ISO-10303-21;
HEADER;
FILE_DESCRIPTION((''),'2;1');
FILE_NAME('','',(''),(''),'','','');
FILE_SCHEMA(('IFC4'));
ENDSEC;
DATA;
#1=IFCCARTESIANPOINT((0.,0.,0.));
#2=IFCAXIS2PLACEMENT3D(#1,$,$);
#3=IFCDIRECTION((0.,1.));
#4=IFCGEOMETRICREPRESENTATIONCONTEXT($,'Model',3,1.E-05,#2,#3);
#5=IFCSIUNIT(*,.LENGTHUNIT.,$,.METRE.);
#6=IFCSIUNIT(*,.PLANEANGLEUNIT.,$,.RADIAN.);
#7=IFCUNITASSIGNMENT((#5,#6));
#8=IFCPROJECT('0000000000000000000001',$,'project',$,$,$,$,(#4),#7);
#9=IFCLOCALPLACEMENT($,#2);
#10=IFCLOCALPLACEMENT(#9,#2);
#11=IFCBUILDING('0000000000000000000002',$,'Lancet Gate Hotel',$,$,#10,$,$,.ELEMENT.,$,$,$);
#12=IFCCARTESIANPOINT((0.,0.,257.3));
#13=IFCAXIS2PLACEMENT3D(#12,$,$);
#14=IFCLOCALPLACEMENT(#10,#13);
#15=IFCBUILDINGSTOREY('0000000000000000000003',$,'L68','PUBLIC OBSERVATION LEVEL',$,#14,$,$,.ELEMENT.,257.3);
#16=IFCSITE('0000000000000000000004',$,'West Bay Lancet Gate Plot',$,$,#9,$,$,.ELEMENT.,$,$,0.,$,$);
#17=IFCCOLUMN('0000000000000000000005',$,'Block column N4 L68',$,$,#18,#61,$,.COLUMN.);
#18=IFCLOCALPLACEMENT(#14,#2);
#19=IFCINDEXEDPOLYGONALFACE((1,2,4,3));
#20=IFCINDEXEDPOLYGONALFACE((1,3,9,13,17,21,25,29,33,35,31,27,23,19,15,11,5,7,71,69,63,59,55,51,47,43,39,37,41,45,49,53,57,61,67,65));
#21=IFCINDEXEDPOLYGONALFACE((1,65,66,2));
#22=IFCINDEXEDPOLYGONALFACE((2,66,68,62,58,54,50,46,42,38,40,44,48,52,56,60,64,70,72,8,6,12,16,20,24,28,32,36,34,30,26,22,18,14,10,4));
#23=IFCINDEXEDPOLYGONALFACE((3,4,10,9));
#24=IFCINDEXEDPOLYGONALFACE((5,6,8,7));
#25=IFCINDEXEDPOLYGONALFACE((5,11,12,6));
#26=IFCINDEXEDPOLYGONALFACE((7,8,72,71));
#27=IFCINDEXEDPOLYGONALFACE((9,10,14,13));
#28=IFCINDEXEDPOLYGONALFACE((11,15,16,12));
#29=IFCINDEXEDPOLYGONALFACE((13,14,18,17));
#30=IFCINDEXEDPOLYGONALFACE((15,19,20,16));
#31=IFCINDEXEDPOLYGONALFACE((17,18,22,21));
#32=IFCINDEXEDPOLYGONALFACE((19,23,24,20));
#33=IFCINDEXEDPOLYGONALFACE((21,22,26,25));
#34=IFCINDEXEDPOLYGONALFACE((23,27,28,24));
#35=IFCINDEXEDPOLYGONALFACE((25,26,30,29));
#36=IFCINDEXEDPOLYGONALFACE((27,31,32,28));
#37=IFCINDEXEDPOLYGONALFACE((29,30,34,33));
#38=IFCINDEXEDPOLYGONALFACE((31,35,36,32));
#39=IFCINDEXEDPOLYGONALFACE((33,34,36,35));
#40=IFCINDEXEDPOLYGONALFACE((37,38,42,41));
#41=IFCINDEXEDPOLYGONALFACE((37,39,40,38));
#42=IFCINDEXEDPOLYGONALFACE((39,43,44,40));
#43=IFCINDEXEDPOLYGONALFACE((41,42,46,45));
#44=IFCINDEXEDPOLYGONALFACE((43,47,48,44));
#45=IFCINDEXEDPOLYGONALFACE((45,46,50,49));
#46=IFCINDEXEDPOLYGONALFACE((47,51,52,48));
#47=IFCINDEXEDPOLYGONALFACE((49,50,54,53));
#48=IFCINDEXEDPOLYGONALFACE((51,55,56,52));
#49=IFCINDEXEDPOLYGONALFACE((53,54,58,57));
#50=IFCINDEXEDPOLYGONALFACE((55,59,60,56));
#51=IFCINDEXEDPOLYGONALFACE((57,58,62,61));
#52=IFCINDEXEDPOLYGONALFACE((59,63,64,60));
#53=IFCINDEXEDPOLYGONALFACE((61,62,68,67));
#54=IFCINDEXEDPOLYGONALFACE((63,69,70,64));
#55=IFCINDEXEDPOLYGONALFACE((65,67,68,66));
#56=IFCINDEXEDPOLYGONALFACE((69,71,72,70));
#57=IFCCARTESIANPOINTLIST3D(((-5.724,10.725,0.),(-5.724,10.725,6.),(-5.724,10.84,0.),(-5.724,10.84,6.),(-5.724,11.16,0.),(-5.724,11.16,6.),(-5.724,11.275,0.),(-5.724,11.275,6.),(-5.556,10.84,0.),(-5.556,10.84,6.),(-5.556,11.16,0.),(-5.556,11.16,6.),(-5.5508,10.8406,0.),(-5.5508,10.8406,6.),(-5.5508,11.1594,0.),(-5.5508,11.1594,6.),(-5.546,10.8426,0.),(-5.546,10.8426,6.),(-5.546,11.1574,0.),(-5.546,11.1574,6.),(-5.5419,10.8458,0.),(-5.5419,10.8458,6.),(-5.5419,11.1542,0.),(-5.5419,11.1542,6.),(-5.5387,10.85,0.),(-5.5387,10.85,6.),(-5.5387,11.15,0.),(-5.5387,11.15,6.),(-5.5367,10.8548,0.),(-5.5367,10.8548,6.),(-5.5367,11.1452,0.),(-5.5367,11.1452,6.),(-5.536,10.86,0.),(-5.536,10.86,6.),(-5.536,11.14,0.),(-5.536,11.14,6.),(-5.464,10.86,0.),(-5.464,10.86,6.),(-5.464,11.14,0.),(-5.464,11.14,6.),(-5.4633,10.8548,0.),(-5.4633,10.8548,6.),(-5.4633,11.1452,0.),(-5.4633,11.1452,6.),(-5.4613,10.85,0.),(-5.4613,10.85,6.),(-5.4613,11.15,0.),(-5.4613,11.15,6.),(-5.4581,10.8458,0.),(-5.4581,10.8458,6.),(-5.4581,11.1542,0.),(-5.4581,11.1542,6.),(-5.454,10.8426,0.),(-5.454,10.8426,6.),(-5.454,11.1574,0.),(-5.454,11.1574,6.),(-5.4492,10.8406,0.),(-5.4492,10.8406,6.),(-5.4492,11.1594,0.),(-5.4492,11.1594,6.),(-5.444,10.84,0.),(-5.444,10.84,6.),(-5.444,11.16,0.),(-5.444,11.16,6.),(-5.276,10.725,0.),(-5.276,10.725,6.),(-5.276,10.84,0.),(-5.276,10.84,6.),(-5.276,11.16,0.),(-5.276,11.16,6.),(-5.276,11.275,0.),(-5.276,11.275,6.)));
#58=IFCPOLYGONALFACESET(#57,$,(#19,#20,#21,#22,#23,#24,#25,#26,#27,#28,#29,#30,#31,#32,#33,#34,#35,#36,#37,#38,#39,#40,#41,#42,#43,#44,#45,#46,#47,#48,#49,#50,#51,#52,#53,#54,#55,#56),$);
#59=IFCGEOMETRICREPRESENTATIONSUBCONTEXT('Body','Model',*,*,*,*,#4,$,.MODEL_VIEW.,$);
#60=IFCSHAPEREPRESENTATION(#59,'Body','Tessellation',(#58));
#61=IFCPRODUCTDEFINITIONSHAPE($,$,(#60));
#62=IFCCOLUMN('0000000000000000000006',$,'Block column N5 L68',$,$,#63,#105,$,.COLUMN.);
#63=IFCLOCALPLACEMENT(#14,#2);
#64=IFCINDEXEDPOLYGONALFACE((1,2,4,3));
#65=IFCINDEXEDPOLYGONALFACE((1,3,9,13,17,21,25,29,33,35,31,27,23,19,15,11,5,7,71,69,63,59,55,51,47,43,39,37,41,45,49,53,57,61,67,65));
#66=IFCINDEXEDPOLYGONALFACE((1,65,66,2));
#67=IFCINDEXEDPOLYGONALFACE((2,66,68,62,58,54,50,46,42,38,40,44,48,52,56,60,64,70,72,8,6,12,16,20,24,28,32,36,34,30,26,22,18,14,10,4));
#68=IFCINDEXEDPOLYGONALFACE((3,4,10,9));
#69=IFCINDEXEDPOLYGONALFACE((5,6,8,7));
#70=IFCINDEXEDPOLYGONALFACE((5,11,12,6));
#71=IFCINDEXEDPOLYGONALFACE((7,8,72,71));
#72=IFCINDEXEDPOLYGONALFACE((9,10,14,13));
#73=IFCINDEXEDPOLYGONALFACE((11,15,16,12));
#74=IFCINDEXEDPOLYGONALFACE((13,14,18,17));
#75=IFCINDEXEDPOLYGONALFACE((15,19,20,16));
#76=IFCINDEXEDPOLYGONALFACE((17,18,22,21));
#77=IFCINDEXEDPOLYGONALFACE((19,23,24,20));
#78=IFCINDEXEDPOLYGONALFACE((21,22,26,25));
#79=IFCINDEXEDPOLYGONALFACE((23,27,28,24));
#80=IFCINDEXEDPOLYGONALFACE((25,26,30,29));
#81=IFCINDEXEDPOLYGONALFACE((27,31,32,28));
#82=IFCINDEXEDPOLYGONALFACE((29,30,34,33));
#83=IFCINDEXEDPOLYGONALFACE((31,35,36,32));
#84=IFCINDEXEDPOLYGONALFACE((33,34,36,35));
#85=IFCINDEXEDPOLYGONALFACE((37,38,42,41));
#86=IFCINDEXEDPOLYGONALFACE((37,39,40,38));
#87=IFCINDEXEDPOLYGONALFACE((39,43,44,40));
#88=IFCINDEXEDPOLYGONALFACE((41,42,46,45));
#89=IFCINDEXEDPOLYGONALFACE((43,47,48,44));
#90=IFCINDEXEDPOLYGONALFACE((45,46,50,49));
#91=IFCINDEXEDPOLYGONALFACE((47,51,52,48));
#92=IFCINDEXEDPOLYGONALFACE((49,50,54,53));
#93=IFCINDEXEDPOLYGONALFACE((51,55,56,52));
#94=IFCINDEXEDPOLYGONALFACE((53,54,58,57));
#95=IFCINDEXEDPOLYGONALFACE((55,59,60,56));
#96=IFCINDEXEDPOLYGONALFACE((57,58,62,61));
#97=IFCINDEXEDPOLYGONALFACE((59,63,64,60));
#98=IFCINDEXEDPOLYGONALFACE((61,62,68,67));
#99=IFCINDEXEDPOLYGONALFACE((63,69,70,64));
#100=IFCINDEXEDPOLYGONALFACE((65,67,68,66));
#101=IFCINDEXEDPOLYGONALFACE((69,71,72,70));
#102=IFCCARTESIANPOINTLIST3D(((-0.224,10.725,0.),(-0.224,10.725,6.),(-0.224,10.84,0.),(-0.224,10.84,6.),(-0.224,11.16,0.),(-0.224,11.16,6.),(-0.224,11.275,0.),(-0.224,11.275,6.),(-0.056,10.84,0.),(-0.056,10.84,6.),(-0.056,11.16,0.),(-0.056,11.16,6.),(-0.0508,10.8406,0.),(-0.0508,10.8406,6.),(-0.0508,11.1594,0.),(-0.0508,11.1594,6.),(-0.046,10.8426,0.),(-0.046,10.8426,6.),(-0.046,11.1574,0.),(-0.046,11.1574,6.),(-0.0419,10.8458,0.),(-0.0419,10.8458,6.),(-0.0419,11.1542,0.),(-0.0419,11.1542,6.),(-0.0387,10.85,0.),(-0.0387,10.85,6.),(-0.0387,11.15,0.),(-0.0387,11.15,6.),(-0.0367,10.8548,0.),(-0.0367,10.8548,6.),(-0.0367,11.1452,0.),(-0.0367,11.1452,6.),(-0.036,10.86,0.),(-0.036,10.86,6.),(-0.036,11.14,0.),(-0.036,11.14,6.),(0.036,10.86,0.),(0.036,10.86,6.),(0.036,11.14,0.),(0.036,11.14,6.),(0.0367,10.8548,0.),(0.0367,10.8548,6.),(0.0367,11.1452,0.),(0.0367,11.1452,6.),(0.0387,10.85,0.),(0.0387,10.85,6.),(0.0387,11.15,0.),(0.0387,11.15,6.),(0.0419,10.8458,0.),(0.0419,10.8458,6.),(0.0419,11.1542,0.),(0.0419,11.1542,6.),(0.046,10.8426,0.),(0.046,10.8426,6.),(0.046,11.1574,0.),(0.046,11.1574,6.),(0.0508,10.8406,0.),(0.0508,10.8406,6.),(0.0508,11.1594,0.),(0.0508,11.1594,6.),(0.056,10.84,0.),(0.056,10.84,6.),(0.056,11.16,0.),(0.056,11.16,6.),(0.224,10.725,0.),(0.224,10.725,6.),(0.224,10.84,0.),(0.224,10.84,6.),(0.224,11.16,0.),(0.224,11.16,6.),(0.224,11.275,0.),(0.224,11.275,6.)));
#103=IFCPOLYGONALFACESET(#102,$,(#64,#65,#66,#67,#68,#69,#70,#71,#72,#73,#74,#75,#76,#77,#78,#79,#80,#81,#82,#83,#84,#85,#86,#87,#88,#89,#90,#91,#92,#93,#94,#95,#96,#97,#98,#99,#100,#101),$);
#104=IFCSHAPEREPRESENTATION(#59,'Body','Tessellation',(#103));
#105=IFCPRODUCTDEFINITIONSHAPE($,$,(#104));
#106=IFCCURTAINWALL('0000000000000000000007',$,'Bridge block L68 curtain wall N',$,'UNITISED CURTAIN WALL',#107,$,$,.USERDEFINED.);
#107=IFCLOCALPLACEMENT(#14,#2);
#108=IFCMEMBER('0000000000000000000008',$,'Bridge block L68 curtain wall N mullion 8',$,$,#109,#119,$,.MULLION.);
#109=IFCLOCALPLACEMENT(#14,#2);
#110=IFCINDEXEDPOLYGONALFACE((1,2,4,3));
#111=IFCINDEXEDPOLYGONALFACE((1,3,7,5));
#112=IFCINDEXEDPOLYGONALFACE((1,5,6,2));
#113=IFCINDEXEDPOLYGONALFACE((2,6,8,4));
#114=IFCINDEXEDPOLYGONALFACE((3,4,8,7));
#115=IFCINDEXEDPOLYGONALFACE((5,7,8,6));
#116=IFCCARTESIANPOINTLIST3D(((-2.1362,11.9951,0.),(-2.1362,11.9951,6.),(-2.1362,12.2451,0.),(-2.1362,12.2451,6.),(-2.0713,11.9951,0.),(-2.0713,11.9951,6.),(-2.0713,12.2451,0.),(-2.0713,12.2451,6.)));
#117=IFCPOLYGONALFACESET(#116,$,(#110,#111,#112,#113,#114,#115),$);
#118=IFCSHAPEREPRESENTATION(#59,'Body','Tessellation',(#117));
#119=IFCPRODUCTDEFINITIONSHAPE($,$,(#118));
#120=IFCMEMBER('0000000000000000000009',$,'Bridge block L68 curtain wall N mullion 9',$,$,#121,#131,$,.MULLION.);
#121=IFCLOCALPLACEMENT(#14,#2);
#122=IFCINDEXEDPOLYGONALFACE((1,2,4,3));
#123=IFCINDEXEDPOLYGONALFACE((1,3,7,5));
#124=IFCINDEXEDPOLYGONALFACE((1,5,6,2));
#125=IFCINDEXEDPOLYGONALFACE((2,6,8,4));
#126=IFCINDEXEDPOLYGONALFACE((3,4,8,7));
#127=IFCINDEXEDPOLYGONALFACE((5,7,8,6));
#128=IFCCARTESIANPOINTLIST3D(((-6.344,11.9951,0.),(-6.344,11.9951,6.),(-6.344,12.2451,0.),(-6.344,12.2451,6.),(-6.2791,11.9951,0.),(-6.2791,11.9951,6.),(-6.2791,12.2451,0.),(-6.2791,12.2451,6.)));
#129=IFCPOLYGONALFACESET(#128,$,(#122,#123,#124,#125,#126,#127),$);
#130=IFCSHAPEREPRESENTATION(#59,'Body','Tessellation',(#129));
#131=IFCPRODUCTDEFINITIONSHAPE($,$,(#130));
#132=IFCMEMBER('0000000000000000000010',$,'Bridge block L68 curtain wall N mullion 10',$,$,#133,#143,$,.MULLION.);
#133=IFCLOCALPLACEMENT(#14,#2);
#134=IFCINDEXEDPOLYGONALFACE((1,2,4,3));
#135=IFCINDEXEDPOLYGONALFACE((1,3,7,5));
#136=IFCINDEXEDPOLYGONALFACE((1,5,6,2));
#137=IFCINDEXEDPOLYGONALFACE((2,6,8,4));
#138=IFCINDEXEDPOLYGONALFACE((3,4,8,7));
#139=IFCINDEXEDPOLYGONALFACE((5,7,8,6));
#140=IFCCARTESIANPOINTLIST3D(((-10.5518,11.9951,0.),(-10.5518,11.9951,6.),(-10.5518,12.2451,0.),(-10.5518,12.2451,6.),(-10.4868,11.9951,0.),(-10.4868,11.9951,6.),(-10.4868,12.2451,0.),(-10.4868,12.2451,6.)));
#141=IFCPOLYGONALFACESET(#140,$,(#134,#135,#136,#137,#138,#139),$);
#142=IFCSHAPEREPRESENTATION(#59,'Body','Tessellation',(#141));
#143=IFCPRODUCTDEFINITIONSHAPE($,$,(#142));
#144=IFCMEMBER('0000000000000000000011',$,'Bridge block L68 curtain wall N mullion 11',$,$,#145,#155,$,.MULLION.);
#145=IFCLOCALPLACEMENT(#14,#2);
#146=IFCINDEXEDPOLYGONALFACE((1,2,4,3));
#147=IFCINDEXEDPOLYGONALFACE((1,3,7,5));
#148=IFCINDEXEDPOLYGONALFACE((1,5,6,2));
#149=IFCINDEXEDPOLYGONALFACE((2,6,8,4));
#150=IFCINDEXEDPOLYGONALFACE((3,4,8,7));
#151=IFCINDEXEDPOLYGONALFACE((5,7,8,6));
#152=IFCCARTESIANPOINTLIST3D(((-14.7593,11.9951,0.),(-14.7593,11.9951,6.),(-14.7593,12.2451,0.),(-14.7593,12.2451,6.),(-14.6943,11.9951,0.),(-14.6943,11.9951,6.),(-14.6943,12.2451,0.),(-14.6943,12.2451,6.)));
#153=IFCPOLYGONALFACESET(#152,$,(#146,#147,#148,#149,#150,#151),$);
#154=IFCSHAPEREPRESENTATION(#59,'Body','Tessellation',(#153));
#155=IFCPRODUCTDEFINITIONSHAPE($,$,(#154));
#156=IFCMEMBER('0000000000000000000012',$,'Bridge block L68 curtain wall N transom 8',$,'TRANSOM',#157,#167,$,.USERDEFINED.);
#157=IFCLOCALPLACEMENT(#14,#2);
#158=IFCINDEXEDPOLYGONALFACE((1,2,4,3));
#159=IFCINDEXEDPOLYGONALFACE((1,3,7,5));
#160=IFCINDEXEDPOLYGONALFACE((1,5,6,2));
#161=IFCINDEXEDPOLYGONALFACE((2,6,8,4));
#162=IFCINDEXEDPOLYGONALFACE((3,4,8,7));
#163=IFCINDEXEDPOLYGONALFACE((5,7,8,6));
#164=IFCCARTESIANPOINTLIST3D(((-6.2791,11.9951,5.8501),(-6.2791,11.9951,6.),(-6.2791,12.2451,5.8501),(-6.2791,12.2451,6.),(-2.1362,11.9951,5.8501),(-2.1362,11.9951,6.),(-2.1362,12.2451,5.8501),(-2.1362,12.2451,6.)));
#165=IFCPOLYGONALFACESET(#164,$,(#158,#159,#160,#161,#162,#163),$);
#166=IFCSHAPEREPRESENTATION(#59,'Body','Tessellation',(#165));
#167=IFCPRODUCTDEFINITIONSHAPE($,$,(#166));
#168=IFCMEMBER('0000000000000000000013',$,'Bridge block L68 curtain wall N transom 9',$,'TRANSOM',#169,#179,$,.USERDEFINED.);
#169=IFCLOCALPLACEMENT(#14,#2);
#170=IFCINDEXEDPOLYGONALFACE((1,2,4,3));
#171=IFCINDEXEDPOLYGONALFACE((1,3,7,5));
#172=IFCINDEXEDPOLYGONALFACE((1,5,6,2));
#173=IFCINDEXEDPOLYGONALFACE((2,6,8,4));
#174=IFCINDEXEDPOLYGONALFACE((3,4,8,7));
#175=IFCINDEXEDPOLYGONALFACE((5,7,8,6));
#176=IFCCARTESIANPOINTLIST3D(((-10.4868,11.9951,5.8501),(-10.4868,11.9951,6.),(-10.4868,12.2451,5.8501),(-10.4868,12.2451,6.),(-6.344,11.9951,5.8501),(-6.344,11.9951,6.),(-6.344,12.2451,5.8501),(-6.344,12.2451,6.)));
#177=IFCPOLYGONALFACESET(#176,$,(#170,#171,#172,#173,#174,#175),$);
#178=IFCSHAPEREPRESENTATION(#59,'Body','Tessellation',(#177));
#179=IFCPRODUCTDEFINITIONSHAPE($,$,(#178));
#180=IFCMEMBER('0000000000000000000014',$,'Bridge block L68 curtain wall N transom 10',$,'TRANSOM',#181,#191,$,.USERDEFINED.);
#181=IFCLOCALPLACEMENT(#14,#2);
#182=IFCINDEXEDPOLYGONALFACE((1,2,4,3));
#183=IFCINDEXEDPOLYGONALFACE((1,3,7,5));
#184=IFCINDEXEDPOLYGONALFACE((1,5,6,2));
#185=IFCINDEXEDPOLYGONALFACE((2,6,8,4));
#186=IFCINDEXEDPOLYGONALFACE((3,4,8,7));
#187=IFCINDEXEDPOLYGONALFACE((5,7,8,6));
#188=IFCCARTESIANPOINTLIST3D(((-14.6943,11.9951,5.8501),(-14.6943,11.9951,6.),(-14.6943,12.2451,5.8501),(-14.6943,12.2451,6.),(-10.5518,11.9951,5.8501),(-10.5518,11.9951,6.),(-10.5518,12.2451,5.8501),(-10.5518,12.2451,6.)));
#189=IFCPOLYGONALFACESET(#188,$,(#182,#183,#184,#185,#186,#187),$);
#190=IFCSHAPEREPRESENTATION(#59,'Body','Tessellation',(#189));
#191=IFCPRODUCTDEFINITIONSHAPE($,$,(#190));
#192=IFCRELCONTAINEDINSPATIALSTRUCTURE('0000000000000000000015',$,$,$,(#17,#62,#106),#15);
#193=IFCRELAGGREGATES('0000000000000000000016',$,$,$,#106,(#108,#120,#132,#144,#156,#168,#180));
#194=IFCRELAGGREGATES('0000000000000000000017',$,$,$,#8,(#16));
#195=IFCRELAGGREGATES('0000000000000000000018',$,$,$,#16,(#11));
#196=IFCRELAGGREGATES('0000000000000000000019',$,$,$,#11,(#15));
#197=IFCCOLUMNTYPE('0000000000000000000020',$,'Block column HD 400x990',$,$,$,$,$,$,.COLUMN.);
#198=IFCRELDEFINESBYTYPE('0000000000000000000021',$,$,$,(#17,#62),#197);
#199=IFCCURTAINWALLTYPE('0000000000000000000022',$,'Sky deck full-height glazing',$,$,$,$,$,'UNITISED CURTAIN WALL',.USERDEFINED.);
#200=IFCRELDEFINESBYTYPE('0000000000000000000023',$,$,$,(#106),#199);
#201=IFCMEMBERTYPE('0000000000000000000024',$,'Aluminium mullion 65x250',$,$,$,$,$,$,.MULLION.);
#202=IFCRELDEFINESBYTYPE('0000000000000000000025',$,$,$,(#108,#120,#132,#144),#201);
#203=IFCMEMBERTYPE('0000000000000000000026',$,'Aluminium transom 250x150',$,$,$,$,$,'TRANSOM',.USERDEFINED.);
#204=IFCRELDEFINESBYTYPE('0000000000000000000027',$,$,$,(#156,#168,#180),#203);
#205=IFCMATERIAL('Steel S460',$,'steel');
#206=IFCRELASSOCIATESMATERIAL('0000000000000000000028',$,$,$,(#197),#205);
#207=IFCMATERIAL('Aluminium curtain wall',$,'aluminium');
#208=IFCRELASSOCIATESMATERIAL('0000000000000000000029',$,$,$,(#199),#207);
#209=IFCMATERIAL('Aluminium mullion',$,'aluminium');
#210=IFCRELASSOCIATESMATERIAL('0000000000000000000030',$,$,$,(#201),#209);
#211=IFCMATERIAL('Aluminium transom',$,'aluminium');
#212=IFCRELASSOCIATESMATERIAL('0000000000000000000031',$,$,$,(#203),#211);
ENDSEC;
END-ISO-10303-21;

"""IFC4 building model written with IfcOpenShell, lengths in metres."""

from ifc_helpers import new_model, si_unit, direction, frame, origin, origin_2d, place, context, subcontext, project, spatial, rectangle, i_section, extrude, material, material_profile, profile_set, type_object, element, aggregate, save


model = new_model("IFC4")

# Units and contexts
model_context = context("Model", 3, precision=1e-05, world=origin(), true_north=direction((0.0, 1.0)))
body_context = subcontext(model_context, "Body", "Model", "MODEL_VIEW")
ifc_project = project(units=[si_unit("LENGTHUNIT", "METRE"), si_unit("PLANEANGLEUNIT", "RADIAN")], contexts=[model_context])

# Site, building, storey
site_placement = place(None, origin())
site = spatial("IfcSite", under=ifc_project, at=site_placement, Name="West Bay Lancet Gate Plot", CompositionType="ELEMENT", RefElevation=0.0)
building_placement = place(site_placement, origin())
building = spatial("IfcBuilding", under=site, at=building_placement, Name="Lancet Gate Hotel", CompositionType="ELEMENT")
storey_placement = place(building_placement, frame((0.0, 0.0, 257.3)))
storey = spatial("IfcBuildingStorey", under=building, at=storey_placement, Name="L68", Description="PUBLIC OBSERVATION LEVEL", CompositionType="ELEMENT", Elevation=257.3)

# Columns
ifc_material_1 = material(Name="Steel S460", Category="steel")
ifc_material_profile_1 = material_profile(ifc_material_1, i_section(OverallWidth=0.448, OverallDepth=0.55, WebThickness=0.072, FlangeThickness=0.115, FilletRadius=0.02, at=origin_2d()), Name="HD 400x990")
ifc_profile_set_1 = profile_set([ifc_material_profile_1], Name="Steel S460")
column_type = type_object("IfcColumnType", Name="Block column HD 400x990", PredefinedType="COLUMN", material=ifc_profile_set_1)
for number, where, z_axis, x_axis, name in (
    (1, (-5.5, 11.0, 0.0), (0.0, 0.0, 1.0), (1.0, 0.0, 0.0), "Block column N4 L68"),
    (2, (0.0, 11.0, 0.0), (0.0, 0.0, 1.0), (1.0, 0.0, 0.0), "Block column N5 L68"),
):
    element("IfcColumn", number, at=place(storey_placement, frame(where, z_axis=z_axis, x_axis=x_axis)), inside=storey, type_object=column_type, Name=name, PredefinedType="COLUMN", context=body_context, shape_type="SweptSolid", body=[
        extrude(i_section(OverallWidth=0.448, OverallDepth=0.55, WebThickness=0.072, FlangeThickness=0.115, FilletRadius=0.02, at=origin_2d()), origin(), (0.0, 0.0, 1.0), 6.0),
    ])

# Curtain wall, members
ifc_material_2 = material(Name="Aluminium curtain wall", Category="aluminium")
curtain_wall_type = type_object("IfcCurtainWallType", Name="Sky deck full-height glazing", ElementType="UNITISED CURTAIN WALL", PredefinedType="USERDEFINED", material=ifc_material_2)
curtain_wall_placement = place(storey_placement, origin())
curtain_wall = element("IfcCurtainWall", 3, at=curtain_wall_placement, inside=storey, type_object=curtain_wall_type, Name="Bridge block L68 curtain wall N", ObjectType="UNITISED CURTAIN WALL", PredefinedType="USERDEFINED")
ifc_material_3 = material(Name="Aluminium mullion", Category="aluminium")
ifc_material_profile_2 = material_profile(ifc_material_3, rectangle(XDim=0.0649, YDim=0.25, at=origin_2d()), Name="MULLION 65x250")
ifc_profile_set_2 = profile_set([ifc_material_profile_2], Name="Aluminium mullion")
member_type_1 = type_object("IfcMemberType", Name="Aluminium mullion 65x250", PredefinedType="MULLION", material=ifc_profile_set_2)
member_1_placement = place(storey_placement, frame((-2.1038, 12.1201, 0.0), z_axis=(0.0, 0.0, 1.0), x_axis=(-1.0, 0.0, 0.0)))
member_1 = element("IfcMember", 4, at=member_1_placement, type_object=member_type_1, Name="Bridge block L68 curtain wall N mullion 8", PredefinedType="MULLION", context=body_context, shape_type="SweptSolid", body=[
    extrude(rectangle(XDim=0.0649, YDim=0.25, at=origin_2d()), origin(), (0.0, 0.0, 1.0), 6.0),
])
member_2_placement = place(storey_placement, frame((-6.3115, 12.1201, 0.0), z_axis=(0.0, 0.0, 1.0), x_axis=(-1.0, 0.0, 0.0)))
member_2 = element("IfcMember", 5, at=member_2_placement, type_object=member_type_1, Name="Bridge block L68 curtain wall N mullion 9", PredefinedType="MULLION", context=body_context, shape_type="SweptSolid", body=[
    extrude(rectangle(XDim=0.0649, YDim=0.25, at=origin_2d()), origin(), (0.0, 0.0, 1.0), 6.0),
])
member_3_placement = place(storey_placement, frame((-10.5193, 12.1201, 0.0), z_axis=(0.0, 0.0, 1.0), x_axis=(-1.0, 0.0, 0.0)))
member_3 = element("IfcMember", 6, at=member_3_placement, type_object=member_type_1, Name="Bridge block L68 curtain wall N mullion 10", PredefinedType="MULLION", context=body_context, shape_type="SweptSolid", body=[
    extrude(rectangle(XDim=0.0649, YDim=0.25, at=origin_2d()), origin(), (0.0, 0.0, 1.0), 6.0),
])
member_4_placement = place(storey_placement, frame((-14.7268, 12.1201, 0.0), z_axis=(0.0, 0.0, 1.0), x_axis=(-1.0, 0.0, 0.0)))
member_4 = element("IfcMember", 7, at=member_4_placement, type_object=member_type_1, Name="Bridge block L68 curtain wall N mullion 11", PredefinedType="MULLION", context=body_context, shape_type="SweptSolid", body=[
    extrude(rectangle(XDim=0.0649, YDim=0.25, at=origin_2d()), origin(), (0.0, 0.0, 1.0), 6.0),
])
ifc_material_4 = material(Name="Aluminium transom", Category="aluminium")
ifc_material_profile_3 = material_profile(ifc_material_4, rectangle(XDim=0.25, YDim=0.1499, at=origin_2d()), Name="TRANSOM 250x150")
ifc_profile_set_3 = profile_set([ifc_material_profile_3], Name="Aluminium transom")
member_type_2 = type_object("IfcMemberType", Name="Aluminium transom 250x150", ElementType="TRANSOM", PredefinedType="USERDEFINED", material=ifc_profile_set_3)
member_5_placement = place(storey_placement, frame((-2.1362, 12.1201, 5.925), z_axis=(-1.0, 0.0, 0.0), x_axis=(0.0, -1.0, 0.0)))
member_5 = element("IfcMember", 8, at=member_5_placement, type_object=member_type_2, Name="Bridge block L68 curtain wall N transom 8", ObjectType="TRANSOM", PredefinedType="USERDEFINED", context=body_context, shape_type="SweptSolid", body=[
    extrude(rectangle(XDim=0.25, YDim=0.1499, at=origin_2d()), origin(), (0.0, 0.0, 1.0), 4.1428),
])
member_6_placement = place(storey_placement, frame((-6.344, 12.1201, 5.925), z_axis=(-1.0, 0.0, 0.0), x_axis=(0.0, -1.0, 0.0)))
member_6 = element("IfcMember", 9, at=member_6_placement, type_object=member_type_2, Name="Bridge block L68 curtain wall N transom 9", ObjectType="TRANSOM", PredefinedType="USERDEFINED", context=body_context, shape_type="SweptSolid", body=[
    extrude(rectangle(XDim=0.25, YDim=0.1499, at=origin_2d()), origin(), (0.0, 0.0, 1.0), 4.1428),
])
member_7_placement = place(storey_placement, frame((-10.5518, 12.1201, 5.925), z_axis=(-1.0, 0.0, 0.0), x_axis=(0.0, -1.0, 0.0)))
member_7 = element("IfcMember", 10, at=member_7_placement, type_object=member_type_2, Name="Bridge block L68 curtain wall N transom 10", ObjectType="TRANSOM", PredefinedType="USERDEFINED", context=body_context, shape_type="SweptSolid", body=[
    extrude(rectangle(XDim=0.25, YDim=0.1499, at=origin_2d()), origin(), (0.0, 0.0, 1.0), 4.1426),
])

aggregate(curtain_wall, [member_1, member_2, member_3, member_4, member_5, member_6, member_7])

save(model, "model.ifc")
